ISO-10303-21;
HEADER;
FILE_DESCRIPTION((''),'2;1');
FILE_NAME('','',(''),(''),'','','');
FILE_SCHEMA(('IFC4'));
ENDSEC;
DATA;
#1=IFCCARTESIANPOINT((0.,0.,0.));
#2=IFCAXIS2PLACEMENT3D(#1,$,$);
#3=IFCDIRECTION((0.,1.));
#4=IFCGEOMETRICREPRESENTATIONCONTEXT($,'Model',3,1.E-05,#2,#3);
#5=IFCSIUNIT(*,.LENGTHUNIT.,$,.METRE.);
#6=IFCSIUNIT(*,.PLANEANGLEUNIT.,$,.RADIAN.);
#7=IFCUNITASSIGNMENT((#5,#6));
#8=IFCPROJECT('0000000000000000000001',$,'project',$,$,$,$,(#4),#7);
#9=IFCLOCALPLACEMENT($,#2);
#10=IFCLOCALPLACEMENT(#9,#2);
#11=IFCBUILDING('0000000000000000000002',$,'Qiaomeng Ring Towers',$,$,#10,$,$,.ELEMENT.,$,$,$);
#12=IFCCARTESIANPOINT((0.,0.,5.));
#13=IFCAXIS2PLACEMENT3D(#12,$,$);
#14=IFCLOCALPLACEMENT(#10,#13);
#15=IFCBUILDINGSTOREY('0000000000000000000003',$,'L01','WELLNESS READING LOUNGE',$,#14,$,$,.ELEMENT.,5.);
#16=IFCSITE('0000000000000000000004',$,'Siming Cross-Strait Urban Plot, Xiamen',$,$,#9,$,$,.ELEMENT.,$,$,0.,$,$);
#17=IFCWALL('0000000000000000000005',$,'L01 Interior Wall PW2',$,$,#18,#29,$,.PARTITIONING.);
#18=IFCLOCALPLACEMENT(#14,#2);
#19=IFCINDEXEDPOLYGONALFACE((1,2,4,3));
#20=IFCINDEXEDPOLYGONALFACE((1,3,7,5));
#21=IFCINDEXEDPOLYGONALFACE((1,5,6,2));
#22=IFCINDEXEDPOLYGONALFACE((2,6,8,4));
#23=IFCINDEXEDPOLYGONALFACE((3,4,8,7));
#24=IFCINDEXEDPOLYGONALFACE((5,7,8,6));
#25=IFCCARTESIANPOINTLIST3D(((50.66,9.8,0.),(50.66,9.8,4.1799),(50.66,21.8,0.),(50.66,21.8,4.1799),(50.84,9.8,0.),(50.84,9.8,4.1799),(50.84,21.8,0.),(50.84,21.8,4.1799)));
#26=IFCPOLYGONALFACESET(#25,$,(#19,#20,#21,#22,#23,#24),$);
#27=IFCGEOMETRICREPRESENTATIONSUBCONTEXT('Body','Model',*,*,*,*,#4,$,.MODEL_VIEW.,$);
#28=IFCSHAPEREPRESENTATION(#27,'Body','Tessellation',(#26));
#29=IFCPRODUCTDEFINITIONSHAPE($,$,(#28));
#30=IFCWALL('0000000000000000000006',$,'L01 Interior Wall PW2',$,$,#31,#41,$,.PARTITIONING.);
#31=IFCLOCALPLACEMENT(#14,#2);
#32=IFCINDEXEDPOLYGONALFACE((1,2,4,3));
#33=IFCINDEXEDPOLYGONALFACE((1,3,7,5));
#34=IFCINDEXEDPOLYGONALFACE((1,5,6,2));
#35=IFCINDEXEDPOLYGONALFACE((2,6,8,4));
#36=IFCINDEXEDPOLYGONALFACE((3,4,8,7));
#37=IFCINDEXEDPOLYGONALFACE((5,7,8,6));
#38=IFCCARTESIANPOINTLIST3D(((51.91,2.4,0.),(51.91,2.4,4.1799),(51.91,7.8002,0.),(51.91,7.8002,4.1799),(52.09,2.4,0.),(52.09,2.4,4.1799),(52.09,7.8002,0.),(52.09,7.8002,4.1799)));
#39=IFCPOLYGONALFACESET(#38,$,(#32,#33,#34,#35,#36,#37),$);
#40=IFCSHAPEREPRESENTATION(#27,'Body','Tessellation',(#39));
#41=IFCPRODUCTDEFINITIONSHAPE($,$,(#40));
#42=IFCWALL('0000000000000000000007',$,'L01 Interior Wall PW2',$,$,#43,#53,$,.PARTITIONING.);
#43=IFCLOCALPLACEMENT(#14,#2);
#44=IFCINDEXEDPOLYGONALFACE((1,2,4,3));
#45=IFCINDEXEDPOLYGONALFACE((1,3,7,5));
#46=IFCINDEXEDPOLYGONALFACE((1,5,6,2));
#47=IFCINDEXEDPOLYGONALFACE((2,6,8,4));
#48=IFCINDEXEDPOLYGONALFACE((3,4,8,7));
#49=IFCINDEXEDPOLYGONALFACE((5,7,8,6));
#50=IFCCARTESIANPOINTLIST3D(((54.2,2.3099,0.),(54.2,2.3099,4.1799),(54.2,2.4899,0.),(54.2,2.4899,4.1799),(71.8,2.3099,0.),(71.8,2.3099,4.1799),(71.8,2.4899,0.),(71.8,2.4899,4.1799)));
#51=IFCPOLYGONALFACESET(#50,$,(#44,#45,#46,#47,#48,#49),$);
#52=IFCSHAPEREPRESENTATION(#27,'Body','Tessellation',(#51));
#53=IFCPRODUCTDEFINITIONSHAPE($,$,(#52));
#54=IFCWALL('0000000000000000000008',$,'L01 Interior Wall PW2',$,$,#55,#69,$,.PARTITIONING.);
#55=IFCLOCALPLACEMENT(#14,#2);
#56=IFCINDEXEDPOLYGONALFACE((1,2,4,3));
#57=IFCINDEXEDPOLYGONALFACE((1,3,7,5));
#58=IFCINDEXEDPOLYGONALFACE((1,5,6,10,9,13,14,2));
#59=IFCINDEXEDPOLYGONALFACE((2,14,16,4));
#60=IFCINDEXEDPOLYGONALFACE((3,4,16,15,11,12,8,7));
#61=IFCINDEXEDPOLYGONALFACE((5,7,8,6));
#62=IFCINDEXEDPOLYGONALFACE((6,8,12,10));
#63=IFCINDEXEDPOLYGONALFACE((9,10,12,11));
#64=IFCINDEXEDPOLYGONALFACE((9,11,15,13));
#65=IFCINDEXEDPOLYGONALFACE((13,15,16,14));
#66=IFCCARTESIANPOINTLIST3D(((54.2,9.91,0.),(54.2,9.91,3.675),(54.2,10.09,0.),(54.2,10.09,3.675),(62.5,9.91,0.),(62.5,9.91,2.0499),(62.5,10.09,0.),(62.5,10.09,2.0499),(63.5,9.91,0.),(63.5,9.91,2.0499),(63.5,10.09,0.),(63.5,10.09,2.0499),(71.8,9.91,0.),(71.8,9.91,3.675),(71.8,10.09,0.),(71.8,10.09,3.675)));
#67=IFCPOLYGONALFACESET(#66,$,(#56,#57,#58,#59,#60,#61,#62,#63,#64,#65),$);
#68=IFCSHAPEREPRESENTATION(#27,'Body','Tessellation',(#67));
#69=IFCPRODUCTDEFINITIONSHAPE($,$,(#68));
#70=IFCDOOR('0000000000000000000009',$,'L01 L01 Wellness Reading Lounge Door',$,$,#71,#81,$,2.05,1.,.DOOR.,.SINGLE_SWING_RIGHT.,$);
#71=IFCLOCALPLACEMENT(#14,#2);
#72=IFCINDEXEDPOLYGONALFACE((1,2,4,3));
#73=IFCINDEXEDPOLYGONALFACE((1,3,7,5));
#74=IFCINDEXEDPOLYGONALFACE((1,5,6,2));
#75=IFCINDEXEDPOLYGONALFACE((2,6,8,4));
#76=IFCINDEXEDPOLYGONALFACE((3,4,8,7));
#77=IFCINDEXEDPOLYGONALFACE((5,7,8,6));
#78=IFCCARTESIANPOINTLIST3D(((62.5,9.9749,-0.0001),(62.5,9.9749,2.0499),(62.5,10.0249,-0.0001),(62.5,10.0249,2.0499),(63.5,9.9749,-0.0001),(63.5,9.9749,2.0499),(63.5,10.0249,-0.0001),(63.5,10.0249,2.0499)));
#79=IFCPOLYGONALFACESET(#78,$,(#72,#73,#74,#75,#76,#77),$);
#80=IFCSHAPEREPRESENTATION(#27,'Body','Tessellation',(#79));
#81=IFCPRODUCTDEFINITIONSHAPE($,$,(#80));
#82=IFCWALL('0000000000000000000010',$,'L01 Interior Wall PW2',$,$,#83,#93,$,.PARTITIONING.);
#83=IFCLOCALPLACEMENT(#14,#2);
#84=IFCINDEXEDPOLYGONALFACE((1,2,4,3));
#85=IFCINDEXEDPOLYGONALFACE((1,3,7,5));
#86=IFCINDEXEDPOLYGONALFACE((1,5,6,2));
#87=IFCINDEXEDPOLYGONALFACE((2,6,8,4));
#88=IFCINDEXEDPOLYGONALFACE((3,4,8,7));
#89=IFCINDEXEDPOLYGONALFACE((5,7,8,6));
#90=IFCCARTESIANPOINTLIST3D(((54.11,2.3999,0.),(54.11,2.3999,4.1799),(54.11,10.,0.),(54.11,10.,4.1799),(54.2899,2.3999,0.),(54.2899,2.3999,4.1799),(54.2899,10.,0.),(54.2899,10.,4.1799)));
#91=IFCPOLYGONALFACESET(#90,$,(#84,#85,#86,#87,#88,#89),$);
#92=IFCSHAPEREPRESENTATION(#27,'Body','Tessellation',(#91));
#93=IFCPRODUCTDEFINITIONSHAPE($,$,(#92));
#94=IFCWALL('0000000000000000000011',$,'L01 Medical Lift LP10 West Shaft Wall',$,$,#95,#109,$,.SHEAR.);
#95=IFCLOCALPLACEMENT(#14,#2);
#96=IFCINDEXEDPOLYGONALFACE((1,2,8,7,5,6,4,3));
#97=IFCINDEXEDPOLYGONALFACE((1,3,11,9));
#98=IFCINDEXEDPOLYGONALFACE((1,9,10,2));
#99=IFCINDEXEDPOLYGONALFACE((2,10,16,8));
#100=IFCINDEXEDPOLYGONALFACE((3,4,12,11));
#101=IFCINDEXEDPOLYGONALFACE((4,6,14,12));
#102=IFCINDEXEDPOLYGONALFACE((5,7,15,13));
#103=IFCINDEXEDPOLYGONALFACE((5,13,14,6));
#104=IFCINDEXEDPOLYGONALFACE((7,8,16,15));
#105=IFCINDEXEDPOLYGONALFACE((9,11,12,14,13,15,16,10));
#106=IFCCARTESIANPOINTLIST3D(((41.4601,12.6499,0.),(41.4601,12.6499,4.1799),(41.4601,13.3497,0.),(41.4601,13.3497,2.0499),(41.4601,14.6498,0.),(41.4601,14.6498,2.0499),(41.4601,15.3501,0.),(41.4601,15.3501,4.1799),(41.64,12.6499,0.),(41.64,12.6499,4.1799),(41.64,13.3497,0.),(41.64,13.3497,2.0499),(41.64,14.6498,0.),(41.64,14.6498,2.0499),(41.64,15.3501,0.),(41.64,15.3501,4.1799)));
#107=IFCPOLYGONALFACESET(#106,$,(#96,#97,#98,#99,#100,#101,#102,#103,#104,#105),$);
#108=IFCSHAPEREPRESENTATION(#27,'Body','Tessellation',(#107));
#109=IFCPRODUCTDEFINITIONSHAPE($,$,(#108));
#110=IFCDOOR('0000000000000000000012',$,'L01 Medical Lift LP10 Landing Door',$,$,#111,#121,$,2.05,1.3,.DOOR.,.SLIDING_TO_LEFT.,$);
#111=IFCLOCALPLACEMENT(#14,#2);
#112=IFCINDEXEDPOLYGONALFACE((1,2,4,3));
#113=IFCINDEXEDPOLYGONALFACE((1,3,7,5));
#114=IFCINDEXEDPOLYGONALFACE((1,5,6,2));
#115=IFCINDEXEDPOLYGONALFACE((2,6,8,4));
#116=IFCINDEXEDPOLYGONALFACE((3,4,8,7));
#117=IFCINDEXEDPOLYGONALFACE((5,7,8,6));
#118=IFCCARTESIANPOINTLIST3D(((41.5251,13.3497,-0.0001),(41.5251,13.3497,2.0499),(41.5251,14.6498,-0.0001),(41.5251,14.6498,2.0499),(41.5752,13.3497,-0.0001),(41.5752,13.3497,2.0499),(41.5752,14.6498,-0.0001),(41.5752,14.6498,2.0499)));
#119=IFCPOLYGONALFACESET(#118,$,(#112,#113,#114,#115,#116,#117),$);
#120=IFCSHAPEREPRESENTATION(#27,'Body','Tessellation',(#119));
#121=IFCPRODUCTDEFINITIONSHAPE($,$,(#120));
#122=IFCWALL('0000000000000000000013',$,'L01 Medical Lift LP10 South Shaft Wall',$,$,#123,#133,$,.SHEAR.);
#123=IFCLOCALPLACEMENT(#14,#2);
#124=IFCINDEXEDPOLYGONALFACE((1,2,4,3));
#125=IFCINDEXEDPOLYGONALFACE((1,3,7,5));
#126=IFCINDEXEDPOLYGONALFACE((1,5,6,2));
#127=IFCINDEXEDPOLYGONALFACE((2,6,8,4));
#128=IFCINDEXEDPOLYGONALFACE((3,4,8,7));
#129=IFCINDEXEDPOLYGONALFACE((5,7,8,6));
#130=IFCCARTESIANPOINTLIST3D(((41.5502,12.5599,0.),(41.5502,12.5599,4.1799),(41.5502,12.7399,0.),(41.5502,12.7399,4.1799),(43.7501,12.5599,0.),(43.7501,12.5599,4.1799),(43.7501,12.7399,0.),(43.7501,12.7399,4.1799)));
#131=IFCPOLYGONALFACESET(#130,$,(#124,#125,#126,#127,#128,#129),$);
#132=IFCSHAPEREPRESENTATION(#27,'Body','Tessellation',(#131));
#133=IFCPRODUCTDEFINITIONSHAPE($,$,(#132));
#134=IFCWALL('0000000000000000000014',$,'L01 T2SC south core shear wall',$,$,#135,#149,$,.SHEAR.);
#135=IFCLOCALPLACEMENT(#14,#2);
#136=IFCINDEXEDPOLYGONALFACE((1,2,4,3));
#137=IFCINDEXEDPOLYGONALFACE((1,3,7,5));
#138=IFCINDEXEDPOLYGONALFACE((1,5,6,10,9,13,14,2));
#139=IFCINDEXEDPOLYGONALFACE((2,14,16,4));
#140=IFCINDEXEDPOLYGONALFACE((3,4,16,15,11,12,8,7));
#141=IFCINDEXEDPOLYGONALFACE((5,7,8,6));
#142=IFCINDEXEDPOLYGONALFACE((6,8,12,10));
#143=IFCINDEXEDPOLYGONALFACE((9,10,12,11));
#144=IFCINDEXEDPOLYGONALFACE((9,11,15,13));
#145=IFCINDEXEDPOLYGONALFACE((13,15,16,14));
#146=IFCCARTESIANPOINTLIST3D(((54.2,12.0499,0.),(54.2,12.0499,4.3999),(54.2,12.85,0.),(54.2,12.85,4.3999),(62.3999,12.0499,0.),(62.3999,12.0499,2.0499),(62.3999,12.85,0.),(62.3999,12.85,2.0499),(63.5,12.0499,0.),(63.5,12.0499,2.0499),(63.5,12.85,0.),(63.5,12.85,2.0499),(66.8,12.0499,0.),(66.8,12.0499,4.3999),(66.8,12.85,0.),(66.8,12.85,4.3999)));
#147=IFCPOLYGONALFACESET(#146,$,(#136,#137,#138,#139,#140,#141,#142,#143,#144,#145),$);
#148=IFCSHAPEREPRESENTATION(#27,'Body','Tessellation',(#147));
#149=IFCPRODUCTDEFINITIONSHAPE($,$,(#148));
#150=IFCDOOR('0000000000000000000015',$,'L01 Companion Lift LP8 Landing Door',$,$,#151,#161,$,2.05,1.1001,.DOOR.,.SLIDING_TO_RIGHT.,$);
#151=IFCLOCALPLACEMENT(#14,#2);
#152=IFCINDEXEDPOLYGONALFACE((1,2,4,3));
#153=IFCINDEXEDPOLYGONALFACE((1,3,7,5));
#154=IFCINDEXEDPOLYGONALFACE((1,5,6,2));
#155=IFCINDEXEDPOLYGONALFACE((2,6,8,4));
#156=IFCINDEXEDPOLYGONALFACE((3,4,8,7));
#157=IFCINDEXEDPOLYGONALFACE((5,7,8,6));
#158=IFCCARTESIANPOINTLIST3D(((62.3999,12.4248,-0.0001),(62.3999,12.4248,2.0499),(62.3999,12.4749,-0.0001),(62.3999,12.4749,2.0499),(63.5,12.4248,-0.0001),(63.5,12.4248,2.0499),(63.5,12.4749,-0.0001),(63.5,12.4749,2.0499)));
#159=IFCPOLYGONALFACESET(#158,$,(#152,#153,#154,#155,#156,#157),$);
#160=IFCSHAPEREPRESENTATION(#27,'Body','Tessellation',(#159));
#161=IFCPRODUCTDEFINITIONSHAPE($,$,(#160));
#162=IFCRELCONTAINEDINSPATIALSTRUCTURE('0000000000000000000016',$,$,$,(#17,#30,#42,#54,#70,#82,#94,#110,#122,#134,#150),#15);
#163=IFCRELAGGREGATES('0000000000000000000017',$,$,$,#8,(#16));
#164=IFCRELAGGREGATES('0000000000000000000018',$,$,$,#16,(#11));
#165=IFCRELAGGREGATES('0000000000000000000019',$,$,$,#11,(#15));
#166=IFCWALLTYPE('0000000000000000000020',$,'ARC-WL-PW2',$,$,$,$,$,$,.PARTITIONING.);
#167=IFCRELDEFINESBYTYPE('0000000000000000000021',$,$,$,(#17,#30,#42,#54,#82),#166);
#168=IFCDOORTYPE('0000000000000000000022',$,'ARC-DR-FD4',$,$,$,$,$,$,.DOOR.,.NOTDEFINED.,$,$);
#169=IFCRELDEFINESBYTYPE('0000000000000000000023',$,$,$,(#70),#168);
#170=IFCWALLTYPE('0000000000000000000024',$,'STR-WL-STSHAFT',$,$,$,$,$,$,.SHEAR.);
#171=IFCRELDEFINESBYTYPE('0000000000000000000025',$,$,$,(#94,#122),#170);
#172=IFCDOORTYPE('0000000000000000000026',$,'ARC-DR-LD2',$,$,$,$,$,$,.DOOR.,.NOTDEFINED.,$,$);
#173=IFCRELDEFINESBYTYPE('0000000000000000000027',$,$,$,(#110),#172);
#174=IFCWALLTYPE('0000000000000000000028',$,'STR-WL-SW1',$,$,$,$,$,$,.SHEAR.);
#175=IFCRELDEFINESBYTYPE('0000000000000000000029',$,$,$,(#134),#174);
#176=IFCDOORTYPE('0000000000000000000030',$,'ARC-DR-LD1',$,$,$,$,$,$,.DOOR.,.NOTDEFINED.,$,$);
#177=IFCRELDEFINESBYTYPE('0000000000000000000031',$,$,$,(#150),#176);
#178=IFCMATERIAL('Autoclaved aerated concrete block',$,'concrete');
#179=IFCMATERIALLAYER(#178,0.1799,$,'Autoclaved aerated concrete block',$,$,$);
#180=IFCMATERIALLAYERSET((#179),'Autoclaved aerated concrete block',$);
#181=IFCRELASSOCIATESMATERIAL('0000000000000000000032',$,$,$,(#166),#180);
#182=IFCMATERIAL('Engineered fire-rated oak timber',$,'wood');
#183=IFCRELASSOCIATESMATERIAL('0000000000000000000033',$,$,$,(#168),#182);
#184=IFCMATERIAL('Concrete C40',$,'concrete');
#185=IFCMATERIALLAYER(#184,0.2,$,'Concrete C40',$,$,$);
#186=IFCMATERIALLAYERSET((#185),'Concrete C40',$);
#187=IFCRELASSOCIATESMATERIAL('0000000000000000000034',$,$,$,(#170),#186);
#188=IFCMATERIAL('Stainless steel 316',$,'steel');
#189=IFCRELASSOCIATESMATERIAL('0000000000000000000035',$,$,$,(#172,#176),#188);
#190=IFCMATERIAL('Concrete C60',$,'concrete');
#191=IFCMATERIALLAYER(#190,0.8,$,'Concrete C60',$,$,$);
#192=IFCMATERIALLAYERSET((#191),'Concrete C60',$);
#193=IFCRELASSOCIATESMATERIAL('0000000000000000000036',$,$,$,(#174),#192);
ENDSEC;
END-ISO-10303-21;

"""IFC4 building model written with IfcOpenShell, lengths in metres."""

from ifc_helpers import new_model, si_unit, direction, frame, frame_2d, origin, place, context, subcontext, project, spatial, rectangle, extrude, source, transform, mapped, material, layer, layer_set, type_object, element, fill, save


model = new_model("IFC4")

# Units and contexts
model_context = context("Model", 3, precision=1e-05, world=origin(), true_north=direction((0.0, 1.0)))
body_context = subcontext(model_context, "Body", "Model", "MODEL_VIEW")
ifc_project = project(units=[si_unit("LENGTHUNIT", "METRE"), si_unit("PLANEANGLEUNIT", "RADIAN")], contexts=[model_context])

# Site, building, storey
site_placement = place(None, origin())
site = spatial("IfcSite", under=ifc_project, at=site_placement, Name="Siming Cross-Strait Urban Plot, Xiamen", CompositionType="ELEMENT", RefElevation=0.0)
building_placement = place(site_placement, origin())
building = spatial("IfcBuilding", under=site, at=building_placement, Name="Qiaomeng Ring Towers", CompositionType="ELEMENT")
storey_placement = place(building_placement, frame((0.0, 0.0, 5.0)))
storey = spatial("IfcBuildingStorey", under=building, at=storey_placement, Name="L01", Description="WELLNESS READING LOUNGE", CompositionType="ELEMENT", Elevation=5.0)

# Shared definitions
ifc_material_1 = material(Name="Concrete C60", Category="concrete")

# Shared definitions
ifc_material_2 = material(Name="Autoclaved aerated concrete block", Category="concrete")
ifc_layer_1 = layer(ifc_material_2, 0.1799, Name="Autoclaved aerated concrete block")
ifc_layer_set_1 = layer_set([ifc_layer_1], Name="Autoclaved aerated concrete block")
wall_type_1 = type_object("IfcWallType", Name="ARC-WL-PW2", PredefinedType="PARTITIONING", material=ifc_layer_set_1)
ifc_material_3 = material(Name="Engineered fire-rated oak timber", Category="wood")
door_type_1 = type_object("IfcDoorType", Name="ARC-DR-FD4", OperationType="NOTDEFINED", PredefinedType="DOOR", material=ifc_material_3)
shared_shape_1 = source(origin(), body_context, "Body", "SweptSolid", [
    extrude(rectangle(XDim=1.0, YDim=2.05, at=frame_2d((0.5, 1.0249))), frame((0.0, 0.0249, 0.0), z_axis=(0.0, -1.0, 0.0), x_axis=(1.0, 0.0, 0.0)), (0.0, 0.0, 1.0), 0.05),
])

# Walls
for number, where, z_axis, x_axis, name in (
    (1, (50.75, 9.8, 0.0), (0.0, 0.0, 1.0), (0.0, 1.0, 0.0), "L01 Interior Wall PW2"),
):
    element("IfcWall", number, at=place(storey_placement, frame(where, z_axis=z_axis, x_axis=x_axis)), inside=storey, type_object=wall_type_1, Name=name, PredefinedType="PARTITIONING", context=body_context, shape_type="SweptSolid", body=[
        extrude(rectangle(XDim=12.0, YDim=0.1799, at=frame_2d((6.0, 0.0))), origin(), (0.0, 0.0, 1.0), 4.1799),
    ])
wall_1_placement = place(storey_placement, frame((52.0, 2.3999, 0.0), z_axis=(0.0, 0.0, 1.0), x_axis=(0.0, 1.0, 0.0)))
element("IfcWall", 2, at=wall_1_placement, inside=storey, type_object=wall_type_1, Name="L01 Interior Wall PW2", PredefinedType="PARTITIONING", context=body_context, shape_type="SweptSolid", body=[
    extrude(rectangle(XDim=5.4001, YDim=0.1799, at=frame_2d((2.7002, 0.0))), origin(), (0.0, 0.0, 1.0), 4.1799),
])
wall_2_placement = place(storey_placement, frame((54.2, 2.3999, 0.0), z_axis=(0.0, 0.0, 1.0), x_axis=(1.0, 0.0, 0.0)))
element("IfcWall", 3, at=wall_2_placement, inside=storey, type_object=wall_type_1, Name="L01 Interior Wall PW2", PredefinedType="PARTITIONING", context=body_context, shape_type="SweptSolid", body=[
    extrude(rectangle(XDim=17.6001, YDim=0.1799, at=frame_2d((8.8, 0.0))), origin(), (0.0, 0.0, 1.0), 4.1799),
])

# Wall, opening, door
wall_3_placement = place(storey_placement, frame((54.2, 10.0, 0.0), z_axis=(0.0, 0.0, 1.0), x_axis=(1.0, 0.0, 0.0)))
wall_3 = element("IfcWall", 4, at=wall_3_placement, inside=storey, type_object=wall_type_1, Name="L01 Interior Wall PW2", PredefinedType="PARTITIONING", context=body_context, shape_type="SweptSolid", body=[
    extrude(rectangle(XDim=17.6001, YDim=0.1799, at=frame_2d((8.8, 0.0))), origin(), (0.0, 0.0, 1.0), 3.675),
])
opening_1_placement = place(wall_3_placement, frame((8.3, 0.0, 0.0)))
opening_1 = element("IfcOpeningElement", 5, at=opening_1_placement, cuts=wall_3, PredefinedType="OPENING", context=body_context, shape_type="SweptSolid", body=[
    extrude(rectangle(XDim=1.0, YDim=2.05, at=frame_2d((0.5, 1.0249))), frame((0.0, 0.0999, 0.0), z_axis=(0.0, -1.0, 0.0), x_axis=(1.0, 0.0, 0.0)), (0.0, 0.0, 1.0), 0.2),
])
door_1_placement = place(opening_1_placement, origin())
door_1 = element("IfcDoor", 6, at=door_1_placement, inside=storey, type_object=door_type_1, Name="L01 L01 Wellness Reading Lounge Door", OperationType="SINGLE_SWING_RIGHT", OverallHeight=2.05, OverallWidth=1.0, PredefinedType="DOOR", context=body_context, shape_type="MappedRepresentation", body=[
    mapped(shared_shape_1, transform((0.0, 0.0, 0.0), x_axis=(1.0, 0.0, 0.0), y_axis=(0.0, 1.0, 0.0), z_axis=(0.0, 0.0, 1.0), scale=1.0)),
])
fill(opening_1, door_1)

# Wall
wall_4_placement = place(storey_placement, frame((54.2, 2.3999, 0.0), z_axis=(0.0, 0.0, 1.0), x_axis=(0.0, 1.0, 0.0)))
element("IfcWall", 7, at=wall_4_placement, inside=storey, type_object=wall_type_1, Name="L01 Interior Wall PW2", PredefinedType="PARTITIONING", context=body_context, shape_type="SweptSolid", body=[
    extrude(rectangle(XDim=7.6001, YDim=0.1799, at=frame_2d((3.8, 0.0))), origin(), (0.0, 0.0, 1.0), 4.1799),
])

# Wall, opening, door
ifc_material_4 = material(Name="Concrete C40", Category="concrete")
ifc_layer_2 = layer(ifc_material_4, 0.2, Name="Concrete C40")
ifc_layer_set_2 = layer_set([ifc_layer_2], Name="Concrete C40")
wall_type_2 = type_object("IfcWallType", Name="STR-WL-STSHAFT", PredefinedType="SHEAR", material=ifc_layer_set_2)
wall_5_placement = place(storey_placement, frame((41.55, 12.6499, 0.0), z_axis=(0.0, 0.0, 1.0), x_axis=(0.0, 1.0, 0.0)))
wall_5 = element("IfcWall", 8, at=wall_5_placement, inside=storey, type_object=wall_type_2, Name="L01 Medical Lift LP10 West Shaft Wall", PredefinedType="SHEAR", context=body_context, shape_type="SweptSolid", body=[
    extrude(rectangle(XDim=2.7002, YDim=0.1799, at=frame_2d((1.3501, 0.0))), origin(), (0.0, 0.0, 1.0), 4.1799),
])
opening_2_placement = place(wall_5_placement, frame((0.7, 0.0, 0.0)))
opening_2 = element("IfcOpeningElement", 9, at=opening_2_placement, cuts=wall_5, PredefinedType="OPENING", context=body_context, shape_type="SweptSolid", body=[
    extrude(rectangle(XDim=1.3, YDim=2.05, at=frame_2d((0.6499, 1.0249))), frame((0.0, 0.0999, 0.0), z_axis=(0.0, -1.0, 0.0), x_axis=(1.0, 0.0, 0.0)), (0.0, 0.0, 1.0), 0.2),
])
ifc_material_5 = material(Name="Stainless steel 316", Category="steel")
door_type_2 = type_object("IfcDoorType", Name="ARC-DR-LD2", OperationType="NOTDEFINED", PredefinedType="DOOR", material=ifc_material_5)
shared_shape_2 = source(origin(), body_context, "Body", "SweptSolid", [
    extrude(rectangle(XDim=1.3, YDim=2.05, at=frame_2d((0.6499, 1.0249))), frame((0.0, 0.0249, 0.0), z_axis=(0.0, -1.0, 0.0), x_axis=(1.0, 0.0, 0.0)), (0.0, 0.0, 1.0), 0.05),
])
door_2_placement = place(opening_2_placement, origin())
door_2 = element("IfcDoor", 10, at=door_2_placement, inside=storey, type_object=door_type_2, Name="L01 Medical Lift LP10 Landing Door", OperationType="SLIDING_TO_LEFT", OverallHeight=2.05, OverallWidth=1.3, PredefinedType="DOOR", context=body_context, shape_type="MappedRepresentation", body=[
    mapped(shared_shape_2, transform((0.0, 0.0, 0.0), x_axis=(1.0, 0.0, 0.0), y_axis=(0.0, 1.0, 0.0), z_axis=(0.0, 0.0, 1.0), scale=1.0)),
])
fill(opening_2, door_2)

# Wall
wall_6_placement = place(storey_placement, frame((41.55, 12.6499, 0.0), z_axis=(0.0, 0.0, 1.0), x_axis=(1.0, 0.0, 0.0)))
element("IfcWall", 11, at=wall_6_placement, inside=storey, type_object=wall_type_2, Name="L01 Medical Lift LP10 South Shaft Wall", PredefinedType="SHEAR", context=body_context, shape_type="SweptSolid", body=[
    extrude(rectangle(XDim=2.2, YDim=0.1799, at=frame_2d((1.1001, 0.0))), origin(), (0.0, 0.0, 1.0), 4.1799),
])

# Wall, opening, door
ifc_layer_3 = layer(ifc_material_1, 0.8, Name="Concrete C60")
ifc_layer_set_3 = layer_set([ifc_layer_3], Name="Concrete C60")
wall_type_3 = type_object("IfcWallType", Name="STR-WL-SW1", PredefinedType="SHEAR", material=ifc_layer_set_3)
wall_7_placement = place(storey_placement, frame((54.2, 12.45, 0.0), z_axis=(0.0, 0.0, 1.0), x_axis=(1.0, 0.0, 0.0)))
wall_7 = element("IfcWall", 12, at=wall_7_placement, inside=storey, type_object=wall_type_3, Name="L01 T2SC south core shear wall", PredefinedType="SHEAR", context=body_context, shape_type="SweptSolid", body=[
    extrude(rectangle(XDim=12.6001, YDim=0.8, at=frame_2d((6.3, 0.0))), origin(), (0.0, 0.0, 1.0), 4.3999),
])
opening_3_placement = place(wall_7_placement, frame((8.2, 0.0, 0.0)))
opening_3 = element("IfcOpeningElement", 13, at=opening_3_placement, cuts=wall_7, PredefinedType="OPENING", context=body_context, shape_type="SweptSolid", body=[
    extrude(rectangle(XDim=1.1001, YDim=2.05, at=frame_2d((0.55, 1.0249))), frame((0.0, 0.4099, 0.0), z_axis=(0.0, -1.0, 0.0), x_axis=(1.0, 0.0, 0.0)), (0.0, 0.0, 1.0), 0.8201),
])
door_type_3 = type_object("IfcDoorType", Name="ARC-DR-LD1", OperationType="NOTDEFINED", PredefinedType="DOOR", material=ifc_material_5)
shared_shape_3 = source(origin(), body_context, "Body", "SweptSolid", [
    extrude(rectangle(XDim=1.1001, YDim=2.05, at=frame_2d((0.55, 1.0249))), frame((0.0, 0.0249, 0.0), z_axis=(0.0, -1.0, 0.0), x_axis=(1.0, 0.0, 0.0)), (0.0, 0.0, 1.0), 0.05),
])
door_3_placement = place(opening_3_placement, origin())
door_3 = element("IfcDoor", 14, at=door_3_placement, inside=storey, type_object=door_type_3, Name="L01 Companion Lift LP8 Landing Door", OperationType="SLIDING_TO_RIGHT", OverallHeight=2.05, OverallWidth=1.1001, PredefinedType="DOOR", context=body_context, shape_type="MappedRepresentation", body=[
    mapped(shared_shape_3, transform((0.0, 0.0, 0.0), x_axis=(1.0, 0.0, 0.0), y_axis=(0.0, 1.0, 0.0), z_axis=(0.0, 0.0, 1.0), scale=1.0)),
])
fill(opening_3, door_3)

save(model, "model.ifc")
